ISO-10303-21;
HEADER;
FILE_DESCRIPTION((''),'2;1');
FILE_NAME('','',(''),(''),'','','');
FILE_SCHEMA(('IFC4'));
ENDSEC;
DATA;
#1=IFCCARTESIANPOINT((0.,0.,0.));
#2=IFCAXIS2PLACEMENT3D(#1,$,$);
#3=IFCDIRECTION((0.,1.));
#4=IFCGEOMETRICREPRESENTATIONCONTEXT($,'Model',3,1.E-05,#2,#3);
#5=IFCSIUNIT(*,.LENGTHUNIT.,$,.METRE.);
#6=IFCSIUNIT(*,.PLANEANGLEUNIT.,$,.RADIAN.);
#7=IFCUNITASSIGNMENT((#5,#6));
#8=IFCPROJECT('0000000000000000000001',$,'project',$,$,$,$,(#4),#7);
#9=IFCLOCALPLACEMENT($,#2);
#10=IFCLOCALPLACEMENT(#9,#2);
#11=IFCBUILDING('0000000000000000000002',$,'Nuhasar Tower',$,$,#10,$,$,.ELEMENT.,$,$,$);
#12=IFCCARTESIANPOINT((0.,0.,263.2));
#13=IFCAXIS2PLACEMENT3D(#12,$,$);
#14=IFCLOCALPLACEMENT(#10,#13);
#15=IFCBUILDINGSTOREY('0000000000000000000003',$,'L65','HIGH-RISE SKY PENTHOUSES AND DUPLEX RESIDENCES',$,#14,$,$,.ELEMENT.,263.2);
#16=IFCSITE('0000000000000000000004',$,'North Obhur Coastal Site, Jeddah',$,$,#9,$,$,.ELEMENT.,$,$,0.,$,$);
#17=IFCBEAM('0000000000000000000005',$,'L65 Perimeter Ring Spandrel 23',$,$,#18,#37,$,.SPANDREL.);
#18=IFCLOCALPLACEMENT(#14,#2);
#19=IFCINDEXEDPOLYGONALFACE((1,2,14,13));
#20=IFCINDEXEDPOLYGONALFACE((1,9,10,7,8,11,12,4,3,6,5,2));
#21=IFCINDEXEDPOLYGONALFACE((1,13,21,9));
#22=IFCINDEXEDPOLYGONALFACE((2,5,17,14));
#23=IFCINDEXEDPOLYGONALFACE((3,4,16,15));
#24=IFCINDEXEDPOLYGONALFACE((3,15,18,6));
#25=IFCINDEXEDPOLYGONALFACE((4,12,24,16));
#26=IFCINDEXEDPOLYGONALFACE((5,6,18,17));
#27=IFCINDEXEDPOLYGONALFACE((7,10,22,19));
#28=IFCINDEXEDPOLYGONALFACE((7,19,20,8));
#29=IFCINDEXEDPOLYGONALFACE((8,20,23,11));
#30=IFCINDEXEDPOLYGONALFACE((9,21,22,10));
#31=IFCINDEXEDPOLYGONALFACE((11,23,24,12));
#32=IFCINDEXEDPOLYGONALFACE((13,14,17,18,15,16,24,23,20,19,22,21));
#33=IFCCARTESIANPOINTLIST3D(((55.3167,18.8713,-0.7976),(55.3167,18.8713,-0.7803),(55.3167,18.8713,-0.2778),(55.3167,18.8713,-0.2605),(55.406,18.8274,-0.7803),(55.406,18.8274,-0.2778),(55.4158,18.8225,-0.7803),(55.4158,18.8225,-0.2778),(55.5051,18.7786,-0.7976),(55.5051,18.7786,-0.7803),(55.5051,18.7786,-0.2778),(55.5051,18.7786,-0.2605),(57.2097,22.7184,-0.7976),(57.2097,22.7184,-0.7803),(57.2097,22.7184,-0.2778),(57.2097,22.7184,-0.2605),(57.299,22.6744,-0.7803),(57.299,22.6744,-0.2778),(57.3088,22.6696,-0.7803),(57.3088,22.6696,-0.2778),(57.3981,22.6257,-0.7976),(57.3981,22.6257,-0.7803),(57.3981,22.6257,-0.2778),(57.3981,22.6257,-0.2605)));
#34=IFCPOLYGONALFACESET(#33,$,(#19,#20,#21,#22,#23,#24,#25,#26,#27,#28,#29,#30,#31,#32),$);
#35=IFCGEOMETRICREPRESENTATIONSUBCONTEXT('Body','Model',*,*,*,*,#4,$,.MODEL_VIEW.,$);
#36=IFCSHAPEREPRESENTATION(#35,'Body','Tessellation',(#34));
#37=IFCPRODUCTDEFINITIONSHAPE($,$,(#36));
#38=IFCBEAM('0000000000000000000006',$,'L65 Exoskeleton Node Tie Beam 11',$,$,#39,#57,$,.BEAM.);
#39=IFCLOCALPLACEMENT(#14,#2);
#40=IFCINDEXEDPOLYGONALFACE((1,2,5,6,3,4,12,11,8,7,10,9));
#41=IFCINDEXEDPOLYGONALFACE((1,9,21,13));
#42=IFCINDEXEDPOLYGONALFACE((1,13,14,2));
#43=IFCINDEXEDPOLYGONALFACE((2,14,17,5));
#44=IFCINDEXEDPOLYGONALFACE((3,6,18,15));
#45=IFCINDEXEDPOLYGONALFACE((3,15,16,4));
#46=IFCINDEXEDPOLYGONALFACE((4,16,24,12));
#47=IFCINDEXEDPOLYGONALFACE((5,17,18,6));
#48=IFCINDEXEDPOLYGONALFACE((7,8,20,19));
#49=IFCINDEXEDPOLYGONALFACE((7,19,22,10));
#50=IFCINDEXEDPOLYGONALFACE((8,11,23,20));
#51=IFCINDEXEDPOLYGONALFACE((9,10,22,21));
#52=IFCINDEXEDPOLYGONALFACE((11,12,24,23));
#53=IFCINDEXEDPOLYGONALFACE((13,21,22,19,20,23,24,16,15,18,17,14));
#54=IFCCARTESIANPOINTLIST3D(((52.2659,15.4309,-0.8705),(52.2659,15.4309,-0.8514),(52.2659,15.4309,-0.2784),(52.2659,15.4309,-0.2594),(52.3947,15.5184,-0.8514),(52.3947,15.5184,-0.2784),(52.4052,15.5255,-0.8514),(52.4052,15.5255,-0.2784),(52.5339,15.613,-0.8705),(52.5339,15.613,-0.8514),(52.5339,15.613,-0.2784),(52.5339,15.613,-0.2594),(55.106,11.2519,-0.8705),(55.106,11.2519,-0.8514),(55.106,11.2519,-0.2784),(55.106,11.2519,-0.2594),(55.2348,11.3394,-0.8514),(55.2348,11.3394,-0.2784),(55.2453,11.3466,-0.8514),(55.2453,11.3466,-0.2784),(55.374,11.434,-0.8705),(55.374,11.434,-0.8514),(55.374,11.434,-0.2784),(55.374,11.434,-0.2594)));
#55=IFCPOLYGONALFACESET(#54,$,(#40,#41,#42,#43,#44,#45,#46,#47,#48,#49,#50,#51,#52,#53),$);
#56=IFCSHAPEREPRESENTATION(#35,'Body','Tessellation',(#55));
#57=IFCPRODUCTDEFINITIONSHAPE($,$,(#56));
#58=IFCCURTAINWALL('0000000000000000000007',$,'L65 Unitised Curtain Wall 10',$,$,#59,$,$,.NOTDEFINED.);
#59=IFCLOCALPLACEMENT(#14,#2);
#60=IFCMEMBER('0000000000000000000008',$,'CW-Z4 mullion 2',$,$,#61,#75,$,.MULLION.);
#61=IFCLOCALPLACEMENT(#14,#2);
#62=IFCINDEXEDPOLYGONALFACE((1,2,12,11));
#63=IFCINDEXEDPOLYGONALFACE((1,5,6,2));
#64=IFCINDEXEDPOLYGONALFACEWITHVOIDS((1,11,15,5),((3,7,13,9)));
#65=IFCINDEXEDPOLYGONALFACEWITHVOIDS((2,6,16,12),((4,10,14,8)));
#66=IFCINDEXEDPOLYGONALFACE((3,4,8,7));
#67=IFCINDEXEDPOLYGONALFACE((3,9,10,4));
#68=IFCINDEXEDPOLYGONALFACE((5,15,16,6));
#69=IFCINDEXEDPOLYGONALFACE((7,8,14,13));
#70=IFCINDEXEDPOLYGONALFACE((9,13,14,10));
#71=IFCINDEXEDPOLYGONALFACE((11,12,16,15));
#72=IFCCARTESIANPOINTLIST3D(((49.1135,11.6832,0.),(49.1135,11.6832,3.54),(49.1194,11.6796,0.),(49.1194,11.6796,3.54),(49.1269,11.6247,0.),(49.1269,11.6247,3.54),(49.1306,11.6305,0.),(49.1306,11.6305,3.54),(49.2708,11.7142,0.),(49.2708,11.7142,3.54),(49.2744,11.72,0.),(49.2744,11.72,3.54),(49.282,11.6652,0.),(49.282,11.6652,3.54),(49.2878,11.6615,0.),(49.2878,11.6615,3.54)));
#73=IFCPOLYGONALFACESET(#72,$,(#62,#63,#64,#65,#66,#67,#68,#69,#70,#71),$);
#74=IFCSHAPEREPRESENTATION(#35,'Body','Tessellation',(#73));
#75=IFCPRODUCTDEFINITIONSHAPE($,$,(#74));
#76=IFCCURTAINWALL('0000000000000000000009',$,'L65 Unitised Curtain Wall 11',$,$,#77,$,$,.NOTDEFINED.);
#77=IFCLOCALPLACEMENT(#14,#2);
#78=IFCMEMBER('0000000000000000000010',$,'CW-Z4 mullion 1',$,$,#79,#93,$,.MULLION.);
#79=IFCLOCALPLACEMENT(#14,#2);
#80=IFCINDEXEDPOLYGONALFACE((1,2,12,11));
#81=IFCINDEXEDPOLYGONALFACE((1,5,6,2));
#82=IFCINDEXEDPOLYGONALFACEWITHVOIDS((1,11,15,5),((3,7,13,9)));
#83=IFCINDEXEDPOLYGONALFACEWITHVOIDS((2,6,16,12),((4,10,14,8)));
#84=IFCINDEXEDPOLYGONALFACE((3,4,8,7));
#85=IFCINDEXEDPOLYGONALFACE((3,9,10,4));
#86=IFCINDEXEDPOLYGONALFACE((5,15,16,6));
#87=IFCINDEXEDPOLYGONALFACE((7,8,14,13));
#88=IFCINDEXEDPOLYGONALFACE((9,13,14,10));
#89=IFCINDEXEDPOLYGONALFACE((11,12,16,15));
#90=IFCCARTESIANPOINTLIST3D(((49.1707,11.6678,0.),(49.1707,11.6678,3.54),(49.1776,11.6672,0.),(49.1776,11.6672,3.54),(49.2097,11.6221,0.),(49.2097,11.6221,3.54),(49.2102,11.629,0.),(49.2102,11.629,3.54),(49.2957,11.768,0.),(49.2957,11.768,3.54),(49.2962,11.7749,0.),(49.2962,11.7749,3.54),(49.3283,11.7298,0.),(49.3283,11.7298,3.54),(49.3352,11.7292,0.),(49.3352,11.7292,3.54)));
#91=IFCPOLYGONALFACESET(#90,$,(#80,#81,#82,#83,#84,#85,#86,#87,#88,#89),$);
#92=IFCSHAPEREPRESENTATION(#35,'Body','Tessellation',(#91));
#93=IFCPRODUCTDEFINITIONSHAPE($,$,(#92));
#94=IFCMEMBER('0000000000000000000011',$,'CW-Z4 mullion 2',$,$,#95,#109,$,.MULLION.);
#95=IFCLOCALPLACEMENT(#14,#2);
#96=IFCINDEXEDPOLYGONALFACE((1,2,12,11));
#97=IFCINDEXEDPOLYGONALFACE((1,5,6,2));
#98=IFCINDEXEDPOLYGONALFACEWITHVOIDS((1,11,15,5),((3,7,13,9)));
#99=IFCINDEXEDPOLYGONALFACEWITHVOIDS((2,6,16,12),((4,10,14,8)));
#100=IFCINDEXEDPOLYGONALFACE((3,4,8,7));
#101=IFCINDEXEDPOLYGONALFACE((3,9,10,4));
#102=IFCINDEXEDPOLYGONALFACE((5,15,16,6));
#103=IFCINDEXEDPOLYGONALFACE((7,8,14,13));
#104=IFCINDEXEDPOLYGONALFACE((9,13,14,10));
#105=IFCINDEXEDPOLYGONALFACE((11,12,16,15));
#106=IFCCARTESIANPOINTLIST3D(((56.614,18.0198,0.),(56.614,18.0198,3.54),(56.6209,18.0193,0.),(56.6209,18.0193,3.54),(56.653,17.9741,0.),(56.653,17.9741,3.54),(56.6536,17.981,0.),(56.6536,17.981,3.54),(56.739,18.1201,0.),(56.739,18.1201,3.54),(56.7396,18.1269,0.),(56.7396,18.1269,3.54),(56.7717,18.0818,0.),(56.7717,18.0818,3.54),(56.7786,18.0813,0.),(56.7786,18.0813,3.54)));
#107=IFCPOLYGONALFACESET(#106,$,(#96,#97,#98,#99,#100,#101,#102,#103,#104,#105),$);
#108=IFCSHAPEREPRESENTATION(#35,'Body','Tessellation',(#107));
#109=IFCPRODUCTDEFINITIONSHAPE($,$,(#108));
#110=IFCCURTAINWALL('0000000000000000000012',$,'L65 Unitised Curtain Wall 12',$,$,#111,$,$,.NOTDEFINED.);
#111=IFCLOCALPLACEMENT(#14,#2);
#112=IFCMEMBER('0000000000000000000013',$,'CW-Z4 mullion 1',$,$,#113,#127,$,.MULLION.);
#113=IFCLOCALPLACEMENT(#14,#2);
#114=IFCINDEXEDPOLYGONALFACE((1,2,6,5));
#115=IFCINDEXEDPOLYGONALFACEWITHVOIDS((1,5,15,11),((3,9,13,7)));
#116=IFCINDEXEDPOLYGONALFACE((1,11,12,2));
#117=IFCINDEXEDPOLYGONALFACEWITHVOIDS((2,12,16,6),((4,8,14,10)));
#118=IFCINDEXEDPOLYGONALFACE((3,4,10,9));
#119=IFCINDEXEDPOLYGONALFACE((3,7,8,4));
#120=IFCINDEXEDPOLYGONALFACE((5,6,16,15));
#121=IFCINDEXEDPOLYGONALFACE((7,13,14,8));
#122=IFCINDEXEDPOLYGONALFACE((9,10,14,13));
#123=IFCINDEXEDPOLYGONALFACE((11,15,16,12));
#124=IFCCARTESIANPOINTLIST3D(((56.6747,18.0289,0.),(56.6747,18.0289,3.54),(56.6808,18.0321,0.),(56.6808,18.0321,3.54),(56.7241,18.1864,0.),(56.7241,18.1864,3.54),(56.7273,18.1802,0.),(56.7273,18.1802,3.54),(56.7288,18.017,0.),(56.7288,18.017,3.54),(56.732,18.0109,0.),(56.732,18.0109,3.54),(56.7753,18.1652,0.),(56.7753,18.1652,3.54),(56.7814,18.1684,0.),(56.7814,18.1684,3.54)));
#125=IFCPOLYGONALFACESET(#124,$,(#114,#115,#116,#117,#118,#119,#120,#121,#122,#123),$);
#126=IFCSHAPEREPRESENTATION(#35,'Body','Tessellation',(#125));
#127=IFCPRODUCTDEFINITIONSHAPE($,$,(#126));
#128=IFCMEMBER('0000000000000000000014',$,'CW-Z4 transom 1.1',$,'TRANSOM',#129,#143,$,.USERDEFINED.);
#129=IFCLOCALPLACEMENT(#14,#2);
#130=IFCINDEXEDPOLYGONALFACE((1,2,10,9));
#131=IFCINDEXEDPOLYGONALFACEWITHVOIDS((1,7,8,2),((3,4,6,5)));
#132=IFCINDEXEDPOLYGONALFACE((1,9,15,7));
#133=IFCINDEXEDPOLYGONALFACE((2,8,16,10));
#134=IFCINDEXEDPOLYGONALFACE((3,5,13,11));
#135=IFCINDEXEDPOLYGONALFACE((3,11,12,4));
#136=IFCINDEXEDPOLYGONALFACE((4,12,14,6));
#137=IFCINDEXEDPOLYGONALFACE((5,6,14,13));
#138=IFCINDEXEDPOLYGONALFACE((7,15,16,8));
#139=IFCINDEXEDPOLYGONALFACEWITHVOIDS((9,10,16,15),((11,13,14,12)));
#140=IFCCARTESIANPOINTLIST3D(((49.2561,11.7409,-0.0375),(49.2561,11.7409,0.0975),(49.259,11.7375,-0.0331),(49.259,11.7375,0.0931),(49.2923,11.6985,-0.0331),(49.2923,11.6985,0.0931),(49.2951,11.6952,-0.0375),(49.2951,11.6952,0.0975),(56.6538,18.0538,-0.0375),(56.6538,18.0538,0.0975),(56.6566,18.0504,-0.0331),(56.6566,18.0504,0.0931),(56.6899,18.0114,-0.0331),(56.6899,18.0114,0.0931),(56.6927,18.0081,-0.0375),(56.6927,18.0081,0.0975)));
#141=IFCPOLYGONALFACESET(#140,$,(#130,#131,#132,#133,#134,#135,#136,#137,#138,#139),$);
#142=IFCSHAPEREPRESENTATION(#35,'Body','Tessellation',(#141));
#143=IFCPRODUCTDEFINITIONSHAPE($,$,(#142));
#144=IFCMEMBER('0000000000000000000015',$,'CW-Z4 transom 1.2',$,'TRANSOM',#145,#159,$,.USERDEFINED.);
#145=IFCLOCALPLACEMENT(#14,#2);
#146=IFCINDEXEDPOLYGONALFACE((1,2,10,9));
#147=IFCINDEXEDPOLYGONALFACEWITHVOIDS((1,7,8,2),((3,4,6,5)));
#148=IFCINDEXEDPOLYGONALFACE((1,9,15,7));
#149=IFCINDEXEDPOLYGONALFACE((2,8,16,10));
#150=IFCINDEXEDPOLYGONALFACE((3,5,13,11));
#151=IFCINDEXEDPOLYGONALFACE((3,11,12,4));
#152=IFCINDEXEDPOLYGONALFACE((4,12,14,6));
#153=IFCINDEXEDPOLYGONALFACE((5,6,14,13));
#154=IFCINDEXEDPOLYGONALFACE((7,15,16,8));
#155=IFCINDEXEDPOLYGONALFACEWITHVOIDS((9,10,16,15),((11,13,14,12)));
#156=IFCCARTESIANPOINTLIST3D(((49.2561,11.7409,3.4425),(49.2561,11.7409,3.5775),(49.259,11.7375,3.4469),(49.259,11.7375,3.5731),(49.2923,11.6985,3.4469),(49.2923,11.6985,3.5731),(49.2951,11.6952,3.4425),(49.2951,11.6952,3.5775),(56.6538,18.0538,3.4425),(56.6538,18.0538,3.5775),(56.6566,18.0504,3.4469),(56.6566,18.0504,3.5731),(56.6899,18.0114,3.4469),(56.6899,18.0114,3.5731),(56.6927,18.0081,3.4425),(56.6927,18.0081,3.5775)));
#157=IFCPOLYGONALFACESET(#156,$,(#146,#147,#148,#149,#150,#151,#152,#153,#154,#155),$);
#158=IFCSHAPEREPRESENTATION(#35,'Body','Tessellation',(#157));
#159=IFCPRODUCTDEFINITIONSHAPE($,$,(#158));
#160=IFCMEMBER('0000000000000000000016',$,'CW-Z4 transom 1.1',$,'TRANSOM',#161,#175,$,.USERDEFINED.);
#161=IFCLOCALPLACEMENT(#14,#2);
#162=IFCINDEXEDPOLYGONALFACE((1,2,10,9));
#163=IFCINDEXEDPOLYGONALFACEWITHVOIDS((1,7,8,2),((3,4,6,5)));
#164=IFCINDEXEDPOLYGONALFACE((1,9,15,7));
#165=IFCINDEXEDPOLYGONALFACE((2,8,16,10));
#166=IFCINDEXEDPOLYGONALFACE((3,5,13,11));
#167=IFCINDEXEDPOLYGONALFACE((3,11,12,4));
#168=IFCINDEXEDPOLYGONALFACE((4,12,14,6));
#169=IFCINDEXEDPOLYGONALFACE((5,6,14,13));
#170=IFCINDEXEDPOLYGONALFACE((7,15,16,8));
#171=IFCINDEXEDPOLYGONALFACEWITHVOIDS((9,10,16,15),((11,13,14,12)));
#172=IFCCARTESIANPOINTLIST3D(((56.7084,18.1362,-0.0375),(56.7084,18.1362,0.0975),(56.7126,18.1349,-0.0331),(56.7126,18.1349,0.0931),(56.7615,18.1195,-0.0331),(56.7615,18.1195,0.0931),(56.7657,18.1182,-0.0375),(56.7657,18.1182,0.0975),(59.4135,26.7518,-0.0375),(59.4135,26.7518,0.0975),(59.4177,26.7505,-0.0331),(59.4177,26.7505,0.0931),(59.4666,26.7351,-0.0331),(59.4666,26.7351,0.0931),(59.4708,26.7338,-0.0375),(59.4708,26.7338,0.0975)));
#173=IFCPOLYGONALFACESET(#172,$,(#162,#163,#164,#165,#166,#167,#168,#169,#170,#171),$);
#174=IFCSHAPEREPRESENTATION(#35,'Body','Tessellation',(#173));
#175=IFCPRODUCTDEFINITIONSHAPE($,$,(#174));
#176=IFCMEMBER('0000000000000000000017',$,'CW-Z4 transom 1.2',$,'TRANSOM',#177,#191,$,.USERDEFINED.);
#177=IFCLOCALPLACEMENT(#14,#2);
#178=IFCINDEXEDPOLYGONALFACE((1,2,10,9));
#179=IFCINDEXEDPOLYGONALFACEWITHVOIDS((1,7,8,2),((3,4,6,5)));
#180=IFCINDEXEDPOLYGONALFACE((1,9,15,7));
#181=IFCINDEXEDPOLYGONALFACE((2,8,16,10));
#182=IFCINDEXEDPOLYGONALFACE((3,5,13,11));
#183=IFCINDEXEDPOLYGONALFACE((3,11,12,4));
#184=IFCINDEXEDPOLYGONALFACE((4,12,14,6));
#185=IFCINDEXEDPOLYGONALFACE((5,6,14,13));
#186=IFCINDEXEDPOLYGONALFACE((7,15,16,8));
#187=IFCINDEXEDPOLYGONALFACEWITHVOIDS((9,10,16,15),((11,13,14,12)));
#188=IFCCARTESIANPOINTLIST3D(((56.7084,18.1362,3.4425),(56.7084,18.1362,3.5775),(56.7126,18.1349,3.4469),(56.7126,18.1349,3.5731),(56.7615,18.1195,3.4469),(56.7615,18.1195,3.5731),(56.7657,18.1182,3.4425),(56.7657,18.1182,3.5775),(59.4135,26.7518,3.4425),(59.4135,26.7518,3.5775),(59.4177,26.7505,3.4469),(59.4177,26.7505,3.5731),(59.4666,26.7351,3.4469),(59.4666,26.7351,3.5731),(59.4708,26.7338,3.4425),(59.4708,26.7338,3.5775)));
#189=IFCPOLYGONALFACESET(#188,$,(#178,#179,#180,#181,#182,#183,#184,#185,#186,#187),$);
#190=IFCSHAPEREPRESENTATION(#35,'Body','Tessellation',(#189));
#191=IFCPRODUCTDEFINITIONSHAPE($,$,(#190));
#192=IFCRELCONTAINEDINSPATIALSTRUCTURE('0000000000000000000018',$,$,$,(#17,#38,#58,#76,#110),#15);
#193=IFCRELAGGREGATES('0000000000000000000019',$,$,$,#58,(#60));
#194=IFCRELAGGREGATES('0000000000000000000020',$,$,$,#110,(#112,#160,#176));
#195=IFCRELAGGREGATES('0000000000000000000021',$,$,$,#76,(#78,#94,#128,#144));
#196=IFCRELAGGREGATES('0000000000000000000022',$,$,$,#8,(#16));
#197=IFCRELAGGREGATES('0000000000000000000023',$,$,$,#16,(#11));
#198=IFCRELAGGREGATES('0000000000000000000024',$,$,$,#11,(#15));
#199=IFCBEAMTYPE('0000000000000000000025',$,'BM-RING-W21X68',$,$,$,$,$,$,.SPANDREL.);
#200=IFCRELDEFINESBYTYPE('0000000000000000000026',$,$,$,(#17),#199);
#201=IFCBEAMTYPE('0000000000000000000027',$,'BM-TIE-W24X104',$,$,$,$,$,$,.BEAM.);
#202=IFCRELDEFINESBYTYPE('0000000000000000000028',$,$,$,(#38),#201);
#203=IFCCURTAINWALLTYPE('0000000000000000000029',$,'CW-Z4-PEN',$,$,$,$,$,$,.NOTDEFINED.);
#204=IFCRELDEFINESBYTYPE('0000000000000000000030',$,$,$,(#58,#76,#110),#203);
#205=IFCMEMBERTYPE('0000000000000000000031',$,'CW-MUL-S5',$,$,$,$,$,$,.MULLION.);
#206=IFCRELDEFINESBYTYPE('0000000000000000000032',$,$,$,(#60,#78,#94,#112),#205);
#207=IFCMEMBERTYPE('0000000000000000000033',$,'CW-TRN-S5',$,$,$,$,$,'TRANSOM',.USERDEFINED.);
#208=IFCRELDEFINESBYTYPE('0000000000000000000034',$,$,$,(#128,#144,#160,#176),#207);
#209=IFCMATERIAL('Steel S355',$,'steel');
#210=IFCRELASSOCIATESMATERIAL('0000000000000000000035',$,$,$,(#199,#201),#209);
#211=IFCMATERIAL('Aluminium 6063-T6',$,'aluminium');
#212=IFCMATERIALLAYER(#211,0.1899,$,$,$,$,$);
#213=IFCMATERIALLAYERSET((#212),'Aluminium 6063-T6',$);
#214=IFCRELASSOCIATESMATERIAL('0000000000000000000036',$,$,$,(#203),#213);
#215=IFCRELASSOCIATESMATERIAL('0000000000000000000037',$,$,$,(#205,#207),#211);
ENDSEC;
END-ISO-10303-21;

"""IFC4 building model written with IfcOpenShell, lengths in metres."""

from ifc_helpers import new_model, si_unit, direction, frame, origin, origin_2d, place, context, subcontext, project, spatial, hollow_rectangle, i_section, extrude, material, layer, layer_set, material_profile, profile_set, type_object, element, aggregate, save


model = new_model("IFC4")

# Units and contexts
model_context = context("Model", 3, precision=1e-05, world=origin(), true_north=direction((0.0, 1.0)))
body_context = subcontext(model_context, "Body", "Model", "MODEL_VIEW")
ifc_project = project(units=[si_unit("LENGTHUNIT", "METRE"), si_unit("PLANEANGLEUNIT", "RADIAN")], contexts=[model_context])

# Site, building, storey
site_placement = place(None, origin())
site = spatial("IfcSite", under=ifc_project, at=site_placement, Name="North Obhur Coastal Site, Jeddah", CompositionType="ELEMENT", RefElevation=0.0)
building_placement = place(site_placement, origin())
building = spatial("IfcBuilding", under=site, at=building_placement, Name="Nuhasar Tower", CompositionType="ELEMENT")
storey_placement = place(building_placement, frame((0.0, 0.0, 263.2)))
storey = spatial("IfcBuildingStorey", under=building, at=storey_placement, Name="L65", Description="HIGH-RISE SKY PENTHOUSES AND DUPLEX RESIDENCES", CompositionType="ELEMENT", Elevation=263.2)

# Beams
ifc_material_1 = material(Name="Steel S355", Category="steel")
ifc_material_profile_1 = material_profile(ifc_material_1, i_section(OverallWidth=0.21, OverallDepth=0.5371, WebThickness=0.011, FlangeThickness=0.0173, at=origin_2d()), Name="W21X68")
ifc_profile_set_1 = profile_set([ifc_material_profile_1], Name="Steel S355")
beam_type_1 = type_object("IfcBeamType", Name="BM-RING-W21X68", PredefinedType="SPANDREL", material=ifc_profile_set_1)
beam_1_placement = place(storey_placement, frame((55.4109, 18.825, -0.5291), z_axis=(0.441511, 0.897256, 0.0), x_axis=(-0.897256, 0.441511, 0.0)))
element("IfcBeam", 1, at=beam_1_placement, inside=storey, type_object=beam_type_1, Name="L65 Perimeter Ring Spandrel 23", PredefinedType="SPANDREL", context=body_context, shape_type="SweptSolid", body=[
    extrude(i_section(OverallWidth=0.21, OverallDepth=0.5371, WebThickness=0.011, FlangeThickness=0.0173, at=origin_2d()), origin(), (0.0, 0.0, 1.0), 4.2876),
])
ifc_material_profile_2 = material_profile(ifc_material_1, i_section(OverallWidth=0.324, OverallDepth=0.6111, WebThickness=0.0127, FlangeThickness=0.019, at=origin_2d()), Name="W24X104")
ifc_profile_set_2 = profile_set([ifc_material_profile_2], Name="Steel S355")
beam_type_2 = type_object("IfcBeamType", Name="BM-TIE-W24X104", PredefinedType="BEAM", material=ifc_profile_set_2)
beam_2_placement = place(storey_placement, frame((52.3999, 15.522, -0.5649), z_axis=(0.562093, -0.827074, 0.0), x_axis=(0.827074, 0.562093, 0.0)))
element("IfcBeam", 2, at=beam_2_placement, inside=storey, type_object=beam_type_2, Name="L65 Exoskeleton Node Tie Beam 11", PredefinedType="BEAM", context=body_context, shape_type="SweptSolid", body=[
    extrude(i_section(OverallWidth=0.324, OverallDepth=0.6111, WebThickness=0.0127, FlangeThickness=0.019, at=origin_2d()), origin(), (0.0, 0.0, 1.0), 5.0527),
])

# Curtain wall, member
ifc_material_2 = material(Name="Aluminium 6063-T6", Category="aluminium")
ifc_layer_1 = layer(ifc_material_2, 0.1899)
ifc_layer_set_1 = layer_set([ifc_layer_1], Name="Aluminium 6063-T6")
curtain_wall_type = type_object("IfcCurtainWallType", Name="CW-Z4-PEN", PredefinedType="NOTDEFINED", material=ifc_layer_set_1)
curtain_wall_1_placement = place(storey_placement, origin())
curtain_wall_1 = element("IfcCurtainWall", 3, at=curtain_wall_1_placement, inside=storey, type_object=curtain_wall_type, Name="L65 Unitised Curtain Wall 10", PredefinedType="NOTDEFINED")
ifc_material_profile_3 = material_profile(ifc_material_2, hollow_rectangle(XDim=0.0601, YDim=0.165, WallThickness=0.0049, at=origin_2d()), Name="CWM-5")
ifc_profile_set_3 = profile_set([ifc_material_profile_3], Name="Aluminium 6063-T6")
member_type_1 = type_object("IfcMemberType", Name="CW-MUL-S5", PredefinedType="MULLION", material=ifc_profile_set_3)
member_1_placement = place(storey_placement, frame((49.2007, 11.6724, 0.0), z_axis=(0.0, 0.0, 1.0), x_axis=(-0.222889, 0.974844, 0.0)))
member_1 = element("IfcMember", 4, at=member_1_placement, type_object=member_type_1, Name="CW-Z4 mullion 2", PredefinedType="MULLION", context=body_context, shape_type="SweptSolid", body=[
    extrude(hollow_rectangle(XDim=0.0601, YDim=0.165, WallThickness=0.0049, at=origin_2d()), origin(), (0.0, 0.0, 1.0), 3.54),
])
aggregate(curtain_wall_1, [member_1])

# Curtain wall, members
curtain_wall_2_placement = place(storey_placement, origin())
curtain_wall_2 = element("IfcCurtainWall", 5, at=curtain_wall_2_placement, inside=storey, type_object=curtain_wall_type, Name="L65 Unitised Curtain Wall 11", PredefinedType="NOTDEFINED")
member_2_placement = place(storey_placement, frame((49.2529, 11.6985, 0.0), z_axis=(0.0, 0.0, 1.0), x_axis=(-0.649142, 0.760667, 0.0)))
member_2 = element("IfcMember", 6, at=member_2_placement, type_object=member_type_1, Name="CW-Z4 mullion 1", PredefinedType="MULLION", context=body_context, shape_type="SweptSolid", body=[
    extrude(hollow_rectangle(XDim=0.0601, YDim=0.165, WallThickness=0.0049, at=origin_2d()), origin(), (0.0, 0.0, 1.0), 3.54),
])
member_3_placement = place(storey_placement, frame((56.6963, 18.0505, 0.0), z_axis=(0.0, 0.0, 1.0), x_axis=(-0.649142, 0.760667, 0.0)))
member_3 = element("IfcMember", 7, at=member_3_placement, type_object=member_type_1, Name="CW-Z4 mullion 2", PredefinedType="MULLION", context=body_context, shape_type="SweptSolid", body=[
    extrude(hollow_rectangle(XDim=0.0601, YDim=0.165, WallThickness=0.0049, at=origin_2d()), origin(), (0.0, 0.0, 1.0), 3.54),
])

# Curtain wall, member
curtain_wall_3_placement = place(storey_placement, origin())
curtain_wall_3 = element("IfcCurtainWall", 8, at=curtain_wall_3_placement, inside=storey, type_object=curtain_wall_type, Name="L65 Unitised Curtain Wall 12", PredefinedType="NOTDEFINED")
member_4_placement = place(storey_placement, frame((56.728, 18.0986, 0.0), z_axis=(0.0, 0.0, 1.0), x_axis=(-0.954079, 0.299557, 0.0)))
member_4 = element("IfcMember", 9, at=member_4_placement, type_object=member_type_1, Name="CW-Z4 mullion 1", PredefinedType="MULLION", context=body_context, shape_type="SweptSolid", body=[
    extrude(hollow_rectangle(XDim=0.0601, YDim=0.165, WallThickness=0.0049, at=origin_2d()), origin(), (0.0, 0.0, 1.0), 3.54),
])

# Members
ifc_material_profile_4 = material_profile(ifc_material_2, hollow_rectangle(XDim=0.0601, YDim=0.135, WallThickness=0.0044, at=origin_2d()), Name="CWT-5")
ifc_profile_set_4 = profile_set([ifc_material_profile_4], Name="Aluminium 6063-T6")
member_type_2 = type_object("IfcMemberType", Name="CW-TRN-S5", ElementType="TRANSOM", PredefinedType="USERDEFINED", material=ifc_profile_set_4)
member_5_placement = place(storey_placement, frame((49.2756, 11.718, 0.03), z_axis=(0.760672, 0.649136, 0.0), x_axis=(-0.649136, 0.760672, 0.0)))
member_5 = element("IfcMember", 10, at=member_5_placement, type_object=member_type_2, Name="CW-Z4 transom 1.1", ObjectType="TRANSOM", PredefinedType="USERDEFINED", context=body_context, shape_type="SweptSolid", body=[
    extrude(hollow_rectangle(XDim=0.0601, YDim=0.135, WallThickness=0.0044, at=origin_2d()), origin(), (0.0, 0.0, 1.0), 9.7251),
])
member_6_placement = place(storey_placement, frame((49.2756, 11.718, 3.51), z_axis=(0.760672, 0.649136, 0.0), x_axis=(-0.649136, 0.760672, 0.0)))
member_6 = element("IfcMember", 11, at=member_6_placement, type_object=member_type_2, Name="CW-Z4 transom 1.2", ObjectType="TRANSOM", PredefinedType="USERDEFINED", context=body_context, shape_type="SweptSolid", body=[
    extrude(hollow_rectangle(XDim=0.0601, YDim=0.135, WallThickness=0.0044, at=origin_2d()), origin(), (0.0, 0.0, 1.0), 9.7251),
])
member_7_placement = place(storey_placement, frame((56.7371, 18.1272, 0.03), z_axis=(0.29956, 0.954077, 0.0), x_axis=(-0.954077, 0.29956, 0.0)))
member_7 = element("IfcMember", 12, at=member_7_placement, type_object=member_type_2, Name="CW-Z4 transom 1.1", ObjectType="TRANSOM", PredefinedType="USERDEFINED", context=body_context, shape_type="SweptSolid", body=[
    extrude(hollow_rectangle(XDim=0.0601, YDim=0.135, WallThickness=0.0044, at=origin_2d()), origin(), (0.0, 0.0, 1.0), 9.0303),
])
member_8_placement = place(storey_placement, frame((56.7371, 18.1272, 3.51), z_axis=(0.29956, 0.954077, 0.0), x_axis=(-0.954077, 0.29956, 0.0)))
member_8 = element("IfcMember", 13, at=member_8_placement, type_object=member_type_2, Name="CW-Z4 transom 1.2", ObjectType="TRANSOM", PredefinedType="USERDEFINED", context=body_context, shape_type="SweptSolid", body=[
    extrude(hollow_rectangle(XDim=0.0601, YDim=0.135, WallThickness=0.0044, at=origin_2d()), origin(), (0.0, 0.0, 1.0), 9.0303),
])
aggregate(curtain_wall_3, [member_4, member_7, member_8])

aggregate(curtain_wall_2, [member_2, member_3, member_5, member_6])

save(model, "model.ifc")
